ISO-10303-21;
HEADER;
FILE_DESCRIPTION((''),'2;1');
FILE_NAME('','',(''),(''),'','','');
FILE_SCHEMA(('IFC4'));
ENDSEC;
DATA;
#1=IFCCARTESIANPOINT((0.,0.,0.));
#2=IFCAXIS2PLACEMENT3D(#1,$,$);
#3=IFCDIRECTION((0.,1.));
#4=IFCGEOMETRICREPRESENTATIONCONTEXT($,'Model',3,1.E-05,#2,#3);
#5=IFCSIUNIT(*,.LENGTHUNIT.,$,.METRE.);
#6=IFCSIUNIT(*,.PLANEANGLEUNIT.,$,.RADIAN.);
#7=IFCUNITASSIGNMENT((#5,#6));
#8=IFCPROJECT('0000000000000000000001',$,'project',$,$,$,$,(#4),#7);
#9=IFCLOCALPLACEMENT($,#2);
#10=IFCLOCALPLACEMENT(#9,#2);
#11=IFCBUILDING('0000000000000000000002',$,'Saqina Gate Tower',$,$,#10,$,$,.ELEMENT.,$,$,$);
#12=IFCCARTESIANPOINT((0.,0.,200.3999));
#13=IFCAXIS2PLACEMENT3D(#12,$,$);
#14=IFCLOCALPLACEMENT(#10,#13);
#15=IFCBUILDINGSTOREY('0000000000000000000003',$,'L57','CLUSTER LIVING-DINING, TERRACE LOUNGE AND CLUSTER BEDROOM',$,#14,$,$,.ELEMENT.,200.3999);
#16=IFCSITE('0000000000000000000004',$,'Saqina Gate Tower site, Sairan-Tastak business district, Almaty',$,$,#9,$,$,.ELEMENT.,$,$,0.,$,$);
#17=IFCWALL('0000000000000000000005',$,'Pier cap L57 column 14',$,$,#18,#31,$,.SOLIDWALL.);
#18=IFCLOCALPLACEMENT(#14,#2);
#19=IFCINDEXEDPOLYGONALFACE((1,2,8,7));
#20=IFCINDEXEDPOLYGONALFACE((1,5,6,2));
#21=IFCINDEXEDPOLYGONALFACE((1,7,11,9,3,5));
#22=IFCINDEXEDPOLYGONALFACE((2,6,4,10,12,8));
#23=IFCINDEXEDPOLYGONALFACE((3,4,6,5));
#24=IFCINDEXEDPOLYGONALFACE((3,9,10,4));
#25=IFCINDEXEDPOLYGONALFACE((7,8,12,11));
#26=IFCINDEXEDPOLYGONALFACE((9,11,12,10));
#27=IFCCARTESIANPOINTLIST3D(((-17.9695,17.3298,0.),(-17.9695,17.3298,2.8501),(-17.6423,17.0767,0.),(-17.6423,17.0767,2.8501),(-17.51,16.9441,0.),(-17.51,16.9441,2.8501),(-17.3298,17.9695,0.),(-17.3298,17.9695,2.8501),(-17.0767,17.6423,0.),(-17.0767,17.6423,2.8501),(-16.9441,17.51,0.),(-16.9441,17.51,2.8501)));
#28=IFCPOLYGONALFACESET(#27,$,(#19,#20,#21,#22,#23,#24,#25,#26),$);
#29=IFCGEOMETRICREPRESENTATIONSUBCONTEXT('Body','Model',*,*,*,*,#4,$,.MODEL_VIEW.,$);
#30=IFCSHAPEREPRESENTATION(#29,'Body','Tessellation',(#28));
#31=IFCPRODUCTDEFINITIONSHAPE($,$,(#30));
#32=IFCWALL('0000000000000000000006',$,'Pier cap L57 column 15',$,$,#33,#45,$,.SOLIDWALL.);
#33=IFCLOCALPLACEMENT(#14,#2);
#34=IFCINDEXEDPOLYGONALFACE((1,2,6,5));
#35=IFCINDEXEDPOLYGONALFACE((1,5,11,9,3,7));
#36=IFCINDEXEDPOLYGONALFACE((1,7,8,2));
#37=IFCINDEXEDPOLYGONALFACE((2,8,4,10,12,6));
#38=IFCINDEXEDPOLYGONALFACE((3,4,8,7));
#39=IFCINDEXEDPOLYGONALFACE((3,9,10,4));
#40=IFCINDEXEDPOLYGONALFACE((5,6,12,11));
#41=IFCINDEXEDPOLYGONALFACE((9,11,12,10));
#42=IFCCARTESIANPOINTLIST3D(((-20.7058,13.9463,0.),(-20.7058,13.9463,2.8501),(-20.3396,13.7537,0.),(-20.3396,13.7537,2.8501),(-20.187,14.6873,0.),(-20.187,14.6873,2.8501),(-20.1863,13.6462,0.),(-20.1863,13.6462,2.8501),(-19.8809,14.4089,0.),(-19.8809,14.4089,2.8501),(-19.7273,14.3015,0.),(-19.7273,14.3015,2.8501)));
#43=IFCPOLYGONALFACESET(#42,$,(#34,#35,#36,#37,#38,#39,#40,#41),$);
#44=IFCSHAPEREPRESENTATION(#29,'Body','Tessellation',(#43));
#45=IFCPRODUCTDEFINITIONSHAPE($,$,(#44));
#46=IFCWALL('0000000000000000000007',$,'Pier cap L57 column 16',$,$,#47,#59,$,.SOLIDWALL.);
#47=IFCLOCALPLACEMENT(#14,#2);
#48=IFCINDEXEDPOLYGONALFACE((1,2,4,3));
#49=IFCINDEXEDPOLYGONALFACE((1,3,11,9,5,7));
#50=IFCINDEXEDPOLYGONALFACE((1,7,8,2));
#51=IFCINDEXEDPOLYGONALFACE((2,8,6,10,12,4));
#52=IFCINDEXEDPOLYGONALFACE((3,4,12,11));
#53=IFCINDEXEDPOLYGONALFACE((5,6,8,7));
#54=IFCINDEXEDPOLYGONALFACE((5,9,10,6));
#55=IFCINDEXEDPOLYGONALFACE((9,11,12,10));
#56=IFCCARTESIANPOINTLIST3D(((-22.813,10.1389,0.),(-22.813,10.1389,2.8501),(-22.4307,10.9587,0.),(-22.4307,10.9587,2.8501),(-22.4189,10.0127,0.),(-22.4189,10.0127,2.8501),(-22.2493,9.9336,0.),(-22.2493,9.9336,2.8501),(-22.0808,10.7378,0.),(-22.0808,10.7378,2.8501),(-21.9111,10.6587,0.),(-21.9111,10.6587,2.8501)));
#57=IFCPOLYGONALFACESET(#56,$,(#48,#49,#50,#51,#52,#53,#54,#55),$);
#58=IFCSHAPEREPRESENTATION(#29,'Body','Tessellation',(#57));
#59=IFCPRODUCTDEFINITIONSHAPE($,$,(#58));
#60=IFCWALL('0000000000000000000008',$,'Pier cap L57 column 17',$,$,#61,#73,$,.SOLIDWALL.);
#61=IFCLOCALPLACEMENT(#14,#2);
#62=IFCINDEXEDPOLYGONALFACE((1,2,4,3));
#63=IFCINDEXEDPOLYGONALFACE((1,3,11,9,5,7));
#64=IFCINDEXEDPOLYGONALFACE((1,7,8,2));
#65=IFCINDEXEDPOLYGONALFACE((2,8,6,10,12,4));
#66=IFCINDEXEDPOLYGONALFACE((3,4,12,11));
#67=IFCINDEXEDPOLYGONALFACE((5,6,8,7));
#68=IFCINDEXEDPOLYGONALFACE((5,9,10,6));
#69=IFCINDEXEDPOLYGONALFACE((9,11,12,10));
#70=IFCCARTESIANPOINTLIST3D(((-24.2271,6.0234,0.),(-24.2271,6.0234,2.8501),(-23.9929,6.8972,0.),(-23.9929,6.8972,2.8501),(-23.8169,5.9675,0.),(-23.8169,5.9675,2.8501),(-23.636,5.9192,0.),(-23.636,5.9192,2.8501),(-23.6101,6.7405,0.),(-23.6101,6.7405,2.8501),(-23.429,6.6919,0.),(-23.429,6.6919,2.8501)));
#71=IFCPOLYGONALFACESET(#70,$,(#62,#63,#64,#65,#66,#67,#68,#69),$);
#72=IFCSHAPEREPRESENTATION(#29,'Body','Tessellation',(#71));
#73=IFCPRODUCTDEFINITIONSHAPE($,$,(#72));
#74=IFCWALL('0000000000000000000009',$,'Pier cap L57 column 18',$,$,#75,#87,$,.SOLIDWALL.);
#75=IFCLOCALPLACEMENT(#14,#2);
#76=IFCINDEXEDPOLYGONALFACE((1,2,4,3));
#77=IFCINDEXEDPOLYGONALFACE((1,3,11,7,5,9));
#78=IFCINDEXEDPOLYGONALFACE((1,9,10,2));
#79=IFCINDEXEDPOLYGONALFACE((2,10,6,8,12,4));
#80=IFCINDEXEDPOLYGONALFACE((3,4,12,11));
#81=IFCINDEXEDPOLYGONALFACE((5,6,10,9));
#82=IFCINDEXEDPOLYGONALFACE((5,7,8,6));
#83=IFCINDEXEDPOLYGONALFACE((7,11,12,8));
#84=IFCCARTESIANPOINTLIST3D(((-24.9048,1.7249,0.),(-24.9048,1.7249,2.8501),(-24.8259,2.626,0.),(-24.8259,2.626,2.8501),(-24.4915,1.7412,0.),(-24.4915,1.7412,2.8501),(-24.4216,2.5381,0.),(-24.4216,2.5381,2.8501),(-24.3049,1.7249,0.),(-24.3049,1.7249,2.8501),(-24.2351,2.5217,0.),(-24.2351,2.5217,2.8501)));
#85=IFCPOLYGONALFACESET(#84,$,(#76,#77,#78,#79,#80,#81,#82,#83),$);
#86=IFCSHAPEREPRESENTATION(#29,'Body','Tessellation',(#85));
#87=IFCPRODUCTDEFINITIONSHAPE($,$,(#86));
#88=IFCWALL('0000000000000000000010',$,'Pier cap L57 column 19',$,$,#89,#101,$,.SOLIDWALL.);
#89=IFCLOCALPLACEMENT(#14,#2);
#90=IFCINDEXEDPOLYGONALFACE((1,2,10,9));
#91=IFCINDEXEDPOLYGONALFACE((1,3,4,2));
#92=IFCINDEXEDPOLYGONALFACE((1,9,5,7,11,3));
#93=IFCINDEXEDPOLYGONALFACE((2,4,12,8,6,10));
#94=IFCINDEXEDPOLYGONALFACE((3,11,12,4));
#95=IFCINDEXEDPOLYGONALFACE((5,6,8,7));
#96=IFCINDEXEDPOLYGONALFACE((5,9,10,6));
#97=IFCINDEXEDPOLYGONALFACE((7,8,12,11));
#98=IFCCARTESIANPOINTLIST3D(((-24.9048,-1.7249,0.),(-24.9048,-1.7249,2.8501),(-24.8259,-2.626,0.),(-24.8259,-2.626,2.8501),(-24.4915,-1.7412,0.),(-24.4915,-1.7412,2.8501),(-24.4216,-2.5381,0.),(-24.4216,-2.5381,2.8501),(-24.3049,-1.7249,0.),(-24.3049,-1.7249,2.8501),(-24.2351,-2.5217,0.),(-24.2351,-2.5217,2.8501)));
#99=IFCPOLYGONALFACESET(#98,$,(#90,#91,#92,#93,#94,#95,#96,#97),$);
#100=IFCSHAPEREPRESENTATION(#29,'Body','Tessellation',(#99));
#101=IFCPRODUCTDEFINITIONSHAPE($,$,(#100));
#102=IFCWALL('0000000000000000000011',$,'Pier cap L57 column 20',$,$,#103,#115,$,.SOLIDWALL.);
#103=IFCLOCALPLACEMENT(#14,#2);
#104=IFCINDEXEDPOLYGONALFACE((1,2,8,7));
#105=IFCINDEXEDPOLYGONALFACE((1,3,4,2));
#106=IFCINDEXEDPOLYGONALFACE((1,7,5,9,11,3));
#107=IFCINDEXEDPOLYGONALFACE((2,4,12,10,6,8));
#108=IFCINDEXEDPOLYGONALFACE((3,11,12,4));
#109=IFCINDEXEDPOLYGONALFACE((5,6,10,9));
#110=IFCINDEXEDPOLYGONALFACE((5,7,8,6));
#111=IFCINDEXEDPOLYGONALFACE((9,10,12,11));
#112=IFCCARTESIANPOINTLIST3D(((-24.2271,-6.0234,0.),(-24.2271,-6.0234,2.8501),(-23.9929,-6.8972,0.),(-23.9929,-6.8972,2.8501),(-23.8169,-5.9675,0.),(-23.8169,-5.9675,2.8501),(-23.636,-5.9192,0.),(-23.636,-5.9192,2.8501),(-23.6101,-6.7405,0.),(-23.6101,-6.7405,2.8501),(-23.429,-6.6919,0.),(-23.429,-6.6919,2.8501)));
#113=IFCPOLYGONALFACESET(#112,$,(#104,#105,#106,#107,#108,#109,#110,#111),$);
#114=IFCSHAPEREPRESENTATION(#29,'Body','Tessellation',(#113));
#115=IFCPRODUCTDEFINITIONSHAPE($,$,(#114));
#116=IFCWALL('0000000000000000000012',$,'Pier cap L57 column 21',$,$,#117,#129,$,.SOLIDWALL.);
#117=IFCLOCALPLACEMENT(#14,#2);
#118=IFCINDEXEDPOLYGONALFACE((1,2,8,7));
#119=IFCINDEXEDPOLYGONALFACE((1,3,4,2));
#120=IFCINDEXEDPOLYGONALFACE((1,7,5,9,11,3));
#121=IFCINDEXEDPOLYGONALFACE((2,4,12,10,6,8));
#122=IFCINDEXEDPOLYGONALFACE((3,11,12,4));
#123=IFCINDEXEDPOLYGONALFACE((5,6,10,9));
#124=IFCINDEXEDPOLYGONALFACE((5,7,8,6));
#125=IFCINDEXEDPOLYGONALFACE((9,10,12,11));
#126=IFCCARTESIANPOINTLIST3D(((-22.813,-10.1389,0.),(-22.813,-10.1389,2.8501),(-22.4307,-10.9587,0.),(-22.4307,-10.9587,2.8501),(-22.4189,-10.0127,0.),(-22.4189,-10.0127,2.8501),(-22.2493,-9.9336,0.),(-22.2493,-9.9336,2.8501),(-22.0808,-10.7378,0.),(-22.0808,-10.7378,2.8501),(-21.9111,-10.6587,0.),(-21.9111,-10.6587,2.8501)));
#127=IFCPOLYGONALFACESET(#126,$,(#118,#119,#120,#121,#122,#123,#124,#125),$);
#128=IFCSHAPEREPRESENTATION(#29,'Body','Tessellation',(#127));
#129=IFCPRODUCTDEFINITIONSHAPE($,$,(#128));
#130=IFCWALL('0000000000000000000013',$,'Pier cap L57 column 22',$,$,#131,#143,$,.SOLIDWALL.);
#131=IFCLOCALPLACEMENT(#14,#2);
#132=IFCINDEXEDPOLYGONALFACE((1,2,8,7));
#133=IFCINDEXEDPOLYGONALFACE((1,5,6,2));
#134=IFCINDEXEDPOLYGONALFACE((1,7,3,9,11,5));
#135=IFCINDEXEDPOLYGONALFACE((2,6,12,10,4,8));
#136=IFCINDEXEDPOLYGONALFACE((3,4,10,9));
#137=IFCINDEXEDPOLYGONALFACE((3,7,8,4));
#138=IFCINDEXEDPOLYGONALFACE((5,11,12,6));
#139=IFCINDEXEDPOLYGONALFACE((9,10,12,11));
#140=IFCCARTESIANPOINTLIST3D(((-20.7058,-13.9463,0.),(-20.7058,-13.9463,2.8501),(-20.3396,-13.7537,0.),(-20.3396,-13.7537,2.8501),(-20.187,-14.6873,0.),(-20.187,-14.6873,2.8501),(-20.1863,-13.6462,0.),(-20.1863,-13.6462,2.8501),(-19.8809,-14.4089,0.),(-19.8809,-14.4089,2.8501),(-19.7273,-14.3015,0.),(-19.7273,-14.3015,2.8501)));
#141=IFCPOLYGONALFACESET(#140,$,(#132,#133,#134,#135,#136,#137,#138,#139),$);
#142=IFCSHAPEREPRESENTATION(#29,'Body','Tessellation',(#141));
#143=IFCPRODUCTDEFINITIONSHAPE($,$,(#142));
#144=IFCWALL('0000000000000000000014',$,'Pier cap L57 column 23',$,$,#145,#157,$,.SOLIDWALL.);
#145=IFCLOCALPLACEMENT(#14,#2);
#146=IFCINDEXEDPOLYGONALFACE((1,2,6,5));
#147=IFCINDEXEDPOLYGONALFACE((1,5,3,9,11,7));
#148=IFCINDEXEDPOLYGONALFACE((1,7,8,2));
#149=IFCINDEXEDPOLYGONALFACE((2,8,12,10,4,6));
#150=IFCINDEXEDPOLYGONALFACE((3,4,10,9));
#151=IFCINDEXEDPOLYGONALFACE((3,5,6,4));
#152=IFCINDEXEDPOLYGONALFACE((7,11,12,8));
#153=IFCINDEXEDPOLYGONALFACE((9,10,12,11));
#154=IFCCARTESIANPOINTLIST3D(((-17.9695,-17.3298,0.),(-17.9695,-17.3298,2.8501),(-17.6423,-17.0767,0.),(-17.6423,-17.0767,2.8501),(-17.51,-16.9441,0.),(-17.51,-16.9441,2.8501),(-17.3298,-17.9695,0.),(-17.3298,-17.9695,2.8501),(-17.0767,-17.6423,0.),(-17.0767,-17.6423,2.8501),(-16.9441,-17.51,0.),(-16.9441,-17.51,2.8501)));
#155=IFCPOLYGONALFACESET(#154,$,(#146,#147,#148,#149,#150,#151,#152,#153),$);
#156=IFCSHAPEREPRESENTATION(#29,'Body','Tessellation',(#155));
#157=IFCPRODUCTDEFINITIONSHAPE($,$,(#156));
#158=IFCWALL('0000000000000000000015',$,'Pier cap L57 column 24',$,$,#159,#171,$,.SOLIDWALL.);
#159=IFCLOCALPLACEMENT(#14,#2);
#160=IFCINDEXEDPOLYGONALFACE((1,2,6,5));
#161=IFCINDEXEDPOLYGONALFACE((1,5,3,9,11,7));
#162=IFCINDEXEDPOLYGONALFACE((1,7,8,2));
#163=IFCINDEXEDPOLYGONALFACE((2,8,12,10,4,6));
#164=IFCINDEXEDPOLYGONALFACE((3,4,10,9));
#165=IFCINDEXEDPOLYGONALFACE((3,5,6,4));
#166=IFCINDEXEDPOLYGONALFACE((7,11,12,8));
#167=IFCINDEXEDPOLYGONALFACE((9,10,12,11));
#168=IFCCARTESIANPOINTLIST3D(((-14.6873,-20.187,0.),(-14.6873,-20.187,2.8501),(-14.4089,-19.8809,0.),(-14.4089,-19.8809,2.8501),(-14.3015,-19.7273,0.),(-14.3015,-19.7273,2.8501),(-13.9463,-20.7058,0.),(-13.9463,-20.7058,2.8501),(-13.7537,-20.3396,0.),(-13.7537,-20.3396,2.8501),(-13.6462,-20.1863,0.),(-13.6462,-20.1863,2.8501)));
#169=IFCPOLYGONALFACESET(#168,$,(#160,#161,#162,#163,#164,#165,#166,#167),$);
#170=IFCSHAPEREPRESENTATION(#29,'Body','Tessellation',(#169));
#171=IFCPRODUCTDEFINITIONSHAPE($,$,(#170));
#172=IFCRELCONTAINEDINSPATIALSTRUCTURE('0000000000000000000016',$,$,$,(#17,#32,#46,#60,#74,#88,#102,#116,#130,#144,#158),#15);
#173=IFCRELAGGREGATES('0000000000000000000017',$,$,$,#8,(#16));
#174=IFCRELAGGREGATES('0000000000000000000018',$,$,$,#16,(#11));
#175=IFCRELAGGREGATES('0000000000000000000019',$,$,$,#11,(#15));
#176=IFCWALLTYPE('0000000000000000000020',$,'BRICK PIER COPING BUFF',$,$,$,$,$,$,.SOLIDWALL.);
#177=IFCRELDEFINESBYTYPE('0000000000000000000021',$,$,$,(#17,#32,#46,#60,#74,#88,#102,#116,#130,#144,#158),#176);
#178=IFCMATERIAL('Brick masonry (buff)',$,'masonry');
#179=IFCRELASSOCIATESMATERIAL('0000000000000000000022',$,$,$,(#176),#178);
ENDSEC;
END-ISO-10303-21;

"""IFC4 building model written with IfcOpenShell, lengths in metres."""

from ifc_helpers import new_model, si_unit, direction, frame, origin, place, context, subcontext, project, spatial, polyline, outline, extrude, material, type_object, element, save


model = new_model("IFC4")

# Units and contexts
model_context = context("Model", 3, precision=1e-05, world=origin(), true_north=direction((0.0, 1.0)))
body_context = subcontext(model_context, "Body", "Model", "MODEL_VIEW")
ifc_project = project(units=[si_unit("LENGTHUNIT", "METRE"), si_unit("PLANEANGLEUNIT", "RADIAN")], contexts=[model_context])

# Site, building, storey
site_placement = place(None, origin())
site = spatial("IfcSite", under=ifc_project, at=site_placement, Name="Saqina Gate Tower site, Sairan-Tastak business district, Almaty", CompositionType="ELEMENT", RefElevation=0.0)
building_placement = place(site_placement, origin())
building = spatial("IfcBuilding", under=site, at=building_placement, Name="Saqina Gate Tower", CompositionType="ELEMENT")
storey_placement = place(building_placement, frame((0.0, 0.0, 200.3999)))
storey = spatial("IfcBuildingStorey", under=building, at=storey_placement, Name="L57", Description="CLUSTER LIVING-DINING, TERRACE LOUNGE AND CLUSTER BEDROOM", CompositionType="ELEMENT", Elevation=200.3999)

# Walls
ifc_material = material(Name="Brick masonry (buff)", Category="masonry")
wall_type = type_object("IfcWallType", Name="BRICK PIER COPING BUFF", PredefinedType="SOLIDWALL", material=ifc_material)
wall_1_placement = place(storey_placement, origin())
element("IfcWall", 1, at=wall_1_placement, inside=storey, type_object=wall_type, Name="Pier cap L57 column 14", PredefinedType="SOLIDWALL", context=body_context, shape_type="SweptSolid", body=[
    extrude(outline(polyline([(-17.9695, 17.3298), (-17.51, 16.9441), (-17.6423, 17.0767), (-17.0767, 17.6423), (-16.9441, 17.51), (-17.3298, 17.9695), (-17.9695, 17.3298)])), origin(), (0.0, 0.0, 1.0), 2.8501),
])
wall_2_placement = place(storey_placement, origin())
element("IfcWall", 2, at=wall_2_placement, inside=storey, type_object=wall_type, Name="Pier cap L57 column 15", PredefinedType="SOLIDWALL", context=body_context, shape_type="SweptSolid", body=[
    extrude(outline(polyline([(-20.187, 14.6873), (-20.7058, 13.9463), (-20.1863, 13.6462), (-20.3396, 13.7537), (-19.8809, 14.4089), (-19.7273, 14.3015), (-20.187, 14.6873)])), origin(), (0.0, 0.0, 1.0), 2.8501),
])
wall_3_placement = place(storey_placement, origin())
element("IfcWall", 3, at=wall_3_placement, inside=storey, type_object=wall_type, Name="Pier cap L57 column 16", PredefinedType="SOLIDWALL", context=body_context, shape_type="SweptSolid", body=[
    extrude(outline(polyline([(-22.813, 10.1389), (-22.2493, 9.9336), (-22.4189, 10.0127), (-22.0808, 10.7378), (-21.9111, 10.6587), (-22.4307, 10.9587), (-22.813, 10.1389)])), origin(), (0.0, 0.0, 1.0), 2.8501),
])
wall_4_placement = place(storey_placement, origin())
element("IfcWall", 4, at=wall_4_placement, inside=storey, type_object=wall_type, Name="Pier cap L57 column 17", PredefinedType="SOLIDWALL", context=body_context, shape_type="SweptSolid", body=[
    extrude(outline(polyline([(-24.2271, 6.0234), (-23.636, 5.9192), (-23.8169, 5.9675), (-23.6101, 6.7405), (-23.429, 6.6919), (-23.9929, 6.8972), (-24.2271, 6.0234)])), origin(), (0.0, 0.0, 1.0), 2.8501),
])
wall_5_placement = place(storey_placement, origin())
element("IfcWall", 5, at=wall_5_placement, inside=storey, type_object=wall_type, Name="Pier cap L57 column 18", PredefinedType="SOLIDWALL", context=body_context, shape_type="SweptSolid", body=[
    extrude(outline(polyline([(-24.8259, 2.626), (-24.9048, 1.7249), (-24.3049, 1.7249), (-24.4915, 1.7412), (-24.4216, 2.5381), (-24.2351, 2.5217), (-24.8259, 2.626)])), origin(), (0.0, 0.0, 1.0), 2.8501),
])
wall_6_placement = place(storey_placement, origin())
element("IfcWall", 6, at=wall_6_placement, inside=storey, type_object=wall_type, Name="Pier cap L57 column 19", PredefinedType="SOLIDWALL", context=body_context, shape_type="SweptSolid", body=[
    extrude(outline(polyline([(-24.9048, -1.7249), (-24.8259, -2.626), (-24.2351, -2.5217), (-24.4216, -2.5381), (-24.4915, -1.7412), (-24.3049, -1.7249), (-24.9048, -1.7249)])), origin(), (0.0, 0.0, 1.0), 2.8501),
])
wall_7_placement = place(storey_placement, origin())
element("IfcWall", 7, at=wall_7_placement, inside=storey, type_object=wall_type, Name="Pier cap L57 column 20", PredefinedType="SOLIDWALL", context=body_context, shape_type="SweptSolid", body=[
    extrude(outline(polyline([(-24.2271, -6.0234), (-23.9929, -6.8972), (-23.429, -6.6919), (-23.6101, -6.7405), (-23.8169, -5.9675), (-23.636, -5.9192), (-24.2271, -6.0234)])), origin(), (0.0, 0.0, 1.0), 2.8501),
])
wall_8_placement = place(storey_placement, origin())
element("IfcWall", 8, at=wall_8_placement, inside=storey, type_object=wall_type, Name="Pier cap L57 column 21", PredefinedType="SOLIDWALL", context=body_context, shape_type="SweptSolid", body=[
    extrude(outline(polyline([(-22.4307, -10.9587), (-21.9111, -10.6587), (-22.0808, -10.7378), (-22.4189, -10.0127), (-22.2493, -9.9336), (-22.813, -10.1389), (-22.4307, -10.9587)])), origin(), (0.0, 0.0, 1.0), 2.8501),
])
wall_9_placement = place(storey_placement, origin())
element("IfcWall", 9, at=wall_9_placement, inside=storey, type_object=wall_type, Name="Pier cap L57 column 22", PredefinedType="SOLIDWALL", context=body_context, shape_type="SweptSolid", body=[
    extrude(outline(polyline([(-20.7058, -13.9463), (-20.187, -14.6873), (-19.7273, -14.3015), (-19.8809, -14.4089), (-20.3396, -13.7537), (-20.1863, -13.6462), (-20.7058, -13.9463)])), origin(), (0.0, 0.0, 1.0), 2.8501),
])
wall_10_placement = place(storey_placement, origin())
element("IfcWall", 10, at=wall_10_placement, inside=storey, type_object=wall_type, Name="Pier cap L57 column 23", PredefinedType="SOLIDWALL", context=body_context, shape_type="SweptSolid", body=[
    extrude(outline(polyline([(-17.3298, -17.9695), (-16.9441, -17.51), (-17.0767, -17.6423), (-17.6423, -17.0767), (-17.51, -16.9441), (-17.9695, -17.3298), (-17.3298, -17.9695)])), origin(), (0.0, 0.0, 1.0), 2.8501),
])
wall_11_placement = place(storey_placement, origin())
element("IfcWall", 11, at=wall_11_placement, inside=storey, type_object=wall_type, Name="Pier cap L57 column 24", PredefinedType="SOLIDWALL", context=body_context, shape_type="SweptSolid", body=[
    extrude(outline(polyline([(-14.6873, -20.187), (-13.9463, -20.7058), (-13.6462, -20.1863), (-13.7537, -20.3396), (-14.4089, -19.8809), (-14.3015, -19.7273), (-14.6873, -20.187)])), origin(), (0.0, 0.0, 1.0), 2.8501),
])

save(model, "model.ifc")
